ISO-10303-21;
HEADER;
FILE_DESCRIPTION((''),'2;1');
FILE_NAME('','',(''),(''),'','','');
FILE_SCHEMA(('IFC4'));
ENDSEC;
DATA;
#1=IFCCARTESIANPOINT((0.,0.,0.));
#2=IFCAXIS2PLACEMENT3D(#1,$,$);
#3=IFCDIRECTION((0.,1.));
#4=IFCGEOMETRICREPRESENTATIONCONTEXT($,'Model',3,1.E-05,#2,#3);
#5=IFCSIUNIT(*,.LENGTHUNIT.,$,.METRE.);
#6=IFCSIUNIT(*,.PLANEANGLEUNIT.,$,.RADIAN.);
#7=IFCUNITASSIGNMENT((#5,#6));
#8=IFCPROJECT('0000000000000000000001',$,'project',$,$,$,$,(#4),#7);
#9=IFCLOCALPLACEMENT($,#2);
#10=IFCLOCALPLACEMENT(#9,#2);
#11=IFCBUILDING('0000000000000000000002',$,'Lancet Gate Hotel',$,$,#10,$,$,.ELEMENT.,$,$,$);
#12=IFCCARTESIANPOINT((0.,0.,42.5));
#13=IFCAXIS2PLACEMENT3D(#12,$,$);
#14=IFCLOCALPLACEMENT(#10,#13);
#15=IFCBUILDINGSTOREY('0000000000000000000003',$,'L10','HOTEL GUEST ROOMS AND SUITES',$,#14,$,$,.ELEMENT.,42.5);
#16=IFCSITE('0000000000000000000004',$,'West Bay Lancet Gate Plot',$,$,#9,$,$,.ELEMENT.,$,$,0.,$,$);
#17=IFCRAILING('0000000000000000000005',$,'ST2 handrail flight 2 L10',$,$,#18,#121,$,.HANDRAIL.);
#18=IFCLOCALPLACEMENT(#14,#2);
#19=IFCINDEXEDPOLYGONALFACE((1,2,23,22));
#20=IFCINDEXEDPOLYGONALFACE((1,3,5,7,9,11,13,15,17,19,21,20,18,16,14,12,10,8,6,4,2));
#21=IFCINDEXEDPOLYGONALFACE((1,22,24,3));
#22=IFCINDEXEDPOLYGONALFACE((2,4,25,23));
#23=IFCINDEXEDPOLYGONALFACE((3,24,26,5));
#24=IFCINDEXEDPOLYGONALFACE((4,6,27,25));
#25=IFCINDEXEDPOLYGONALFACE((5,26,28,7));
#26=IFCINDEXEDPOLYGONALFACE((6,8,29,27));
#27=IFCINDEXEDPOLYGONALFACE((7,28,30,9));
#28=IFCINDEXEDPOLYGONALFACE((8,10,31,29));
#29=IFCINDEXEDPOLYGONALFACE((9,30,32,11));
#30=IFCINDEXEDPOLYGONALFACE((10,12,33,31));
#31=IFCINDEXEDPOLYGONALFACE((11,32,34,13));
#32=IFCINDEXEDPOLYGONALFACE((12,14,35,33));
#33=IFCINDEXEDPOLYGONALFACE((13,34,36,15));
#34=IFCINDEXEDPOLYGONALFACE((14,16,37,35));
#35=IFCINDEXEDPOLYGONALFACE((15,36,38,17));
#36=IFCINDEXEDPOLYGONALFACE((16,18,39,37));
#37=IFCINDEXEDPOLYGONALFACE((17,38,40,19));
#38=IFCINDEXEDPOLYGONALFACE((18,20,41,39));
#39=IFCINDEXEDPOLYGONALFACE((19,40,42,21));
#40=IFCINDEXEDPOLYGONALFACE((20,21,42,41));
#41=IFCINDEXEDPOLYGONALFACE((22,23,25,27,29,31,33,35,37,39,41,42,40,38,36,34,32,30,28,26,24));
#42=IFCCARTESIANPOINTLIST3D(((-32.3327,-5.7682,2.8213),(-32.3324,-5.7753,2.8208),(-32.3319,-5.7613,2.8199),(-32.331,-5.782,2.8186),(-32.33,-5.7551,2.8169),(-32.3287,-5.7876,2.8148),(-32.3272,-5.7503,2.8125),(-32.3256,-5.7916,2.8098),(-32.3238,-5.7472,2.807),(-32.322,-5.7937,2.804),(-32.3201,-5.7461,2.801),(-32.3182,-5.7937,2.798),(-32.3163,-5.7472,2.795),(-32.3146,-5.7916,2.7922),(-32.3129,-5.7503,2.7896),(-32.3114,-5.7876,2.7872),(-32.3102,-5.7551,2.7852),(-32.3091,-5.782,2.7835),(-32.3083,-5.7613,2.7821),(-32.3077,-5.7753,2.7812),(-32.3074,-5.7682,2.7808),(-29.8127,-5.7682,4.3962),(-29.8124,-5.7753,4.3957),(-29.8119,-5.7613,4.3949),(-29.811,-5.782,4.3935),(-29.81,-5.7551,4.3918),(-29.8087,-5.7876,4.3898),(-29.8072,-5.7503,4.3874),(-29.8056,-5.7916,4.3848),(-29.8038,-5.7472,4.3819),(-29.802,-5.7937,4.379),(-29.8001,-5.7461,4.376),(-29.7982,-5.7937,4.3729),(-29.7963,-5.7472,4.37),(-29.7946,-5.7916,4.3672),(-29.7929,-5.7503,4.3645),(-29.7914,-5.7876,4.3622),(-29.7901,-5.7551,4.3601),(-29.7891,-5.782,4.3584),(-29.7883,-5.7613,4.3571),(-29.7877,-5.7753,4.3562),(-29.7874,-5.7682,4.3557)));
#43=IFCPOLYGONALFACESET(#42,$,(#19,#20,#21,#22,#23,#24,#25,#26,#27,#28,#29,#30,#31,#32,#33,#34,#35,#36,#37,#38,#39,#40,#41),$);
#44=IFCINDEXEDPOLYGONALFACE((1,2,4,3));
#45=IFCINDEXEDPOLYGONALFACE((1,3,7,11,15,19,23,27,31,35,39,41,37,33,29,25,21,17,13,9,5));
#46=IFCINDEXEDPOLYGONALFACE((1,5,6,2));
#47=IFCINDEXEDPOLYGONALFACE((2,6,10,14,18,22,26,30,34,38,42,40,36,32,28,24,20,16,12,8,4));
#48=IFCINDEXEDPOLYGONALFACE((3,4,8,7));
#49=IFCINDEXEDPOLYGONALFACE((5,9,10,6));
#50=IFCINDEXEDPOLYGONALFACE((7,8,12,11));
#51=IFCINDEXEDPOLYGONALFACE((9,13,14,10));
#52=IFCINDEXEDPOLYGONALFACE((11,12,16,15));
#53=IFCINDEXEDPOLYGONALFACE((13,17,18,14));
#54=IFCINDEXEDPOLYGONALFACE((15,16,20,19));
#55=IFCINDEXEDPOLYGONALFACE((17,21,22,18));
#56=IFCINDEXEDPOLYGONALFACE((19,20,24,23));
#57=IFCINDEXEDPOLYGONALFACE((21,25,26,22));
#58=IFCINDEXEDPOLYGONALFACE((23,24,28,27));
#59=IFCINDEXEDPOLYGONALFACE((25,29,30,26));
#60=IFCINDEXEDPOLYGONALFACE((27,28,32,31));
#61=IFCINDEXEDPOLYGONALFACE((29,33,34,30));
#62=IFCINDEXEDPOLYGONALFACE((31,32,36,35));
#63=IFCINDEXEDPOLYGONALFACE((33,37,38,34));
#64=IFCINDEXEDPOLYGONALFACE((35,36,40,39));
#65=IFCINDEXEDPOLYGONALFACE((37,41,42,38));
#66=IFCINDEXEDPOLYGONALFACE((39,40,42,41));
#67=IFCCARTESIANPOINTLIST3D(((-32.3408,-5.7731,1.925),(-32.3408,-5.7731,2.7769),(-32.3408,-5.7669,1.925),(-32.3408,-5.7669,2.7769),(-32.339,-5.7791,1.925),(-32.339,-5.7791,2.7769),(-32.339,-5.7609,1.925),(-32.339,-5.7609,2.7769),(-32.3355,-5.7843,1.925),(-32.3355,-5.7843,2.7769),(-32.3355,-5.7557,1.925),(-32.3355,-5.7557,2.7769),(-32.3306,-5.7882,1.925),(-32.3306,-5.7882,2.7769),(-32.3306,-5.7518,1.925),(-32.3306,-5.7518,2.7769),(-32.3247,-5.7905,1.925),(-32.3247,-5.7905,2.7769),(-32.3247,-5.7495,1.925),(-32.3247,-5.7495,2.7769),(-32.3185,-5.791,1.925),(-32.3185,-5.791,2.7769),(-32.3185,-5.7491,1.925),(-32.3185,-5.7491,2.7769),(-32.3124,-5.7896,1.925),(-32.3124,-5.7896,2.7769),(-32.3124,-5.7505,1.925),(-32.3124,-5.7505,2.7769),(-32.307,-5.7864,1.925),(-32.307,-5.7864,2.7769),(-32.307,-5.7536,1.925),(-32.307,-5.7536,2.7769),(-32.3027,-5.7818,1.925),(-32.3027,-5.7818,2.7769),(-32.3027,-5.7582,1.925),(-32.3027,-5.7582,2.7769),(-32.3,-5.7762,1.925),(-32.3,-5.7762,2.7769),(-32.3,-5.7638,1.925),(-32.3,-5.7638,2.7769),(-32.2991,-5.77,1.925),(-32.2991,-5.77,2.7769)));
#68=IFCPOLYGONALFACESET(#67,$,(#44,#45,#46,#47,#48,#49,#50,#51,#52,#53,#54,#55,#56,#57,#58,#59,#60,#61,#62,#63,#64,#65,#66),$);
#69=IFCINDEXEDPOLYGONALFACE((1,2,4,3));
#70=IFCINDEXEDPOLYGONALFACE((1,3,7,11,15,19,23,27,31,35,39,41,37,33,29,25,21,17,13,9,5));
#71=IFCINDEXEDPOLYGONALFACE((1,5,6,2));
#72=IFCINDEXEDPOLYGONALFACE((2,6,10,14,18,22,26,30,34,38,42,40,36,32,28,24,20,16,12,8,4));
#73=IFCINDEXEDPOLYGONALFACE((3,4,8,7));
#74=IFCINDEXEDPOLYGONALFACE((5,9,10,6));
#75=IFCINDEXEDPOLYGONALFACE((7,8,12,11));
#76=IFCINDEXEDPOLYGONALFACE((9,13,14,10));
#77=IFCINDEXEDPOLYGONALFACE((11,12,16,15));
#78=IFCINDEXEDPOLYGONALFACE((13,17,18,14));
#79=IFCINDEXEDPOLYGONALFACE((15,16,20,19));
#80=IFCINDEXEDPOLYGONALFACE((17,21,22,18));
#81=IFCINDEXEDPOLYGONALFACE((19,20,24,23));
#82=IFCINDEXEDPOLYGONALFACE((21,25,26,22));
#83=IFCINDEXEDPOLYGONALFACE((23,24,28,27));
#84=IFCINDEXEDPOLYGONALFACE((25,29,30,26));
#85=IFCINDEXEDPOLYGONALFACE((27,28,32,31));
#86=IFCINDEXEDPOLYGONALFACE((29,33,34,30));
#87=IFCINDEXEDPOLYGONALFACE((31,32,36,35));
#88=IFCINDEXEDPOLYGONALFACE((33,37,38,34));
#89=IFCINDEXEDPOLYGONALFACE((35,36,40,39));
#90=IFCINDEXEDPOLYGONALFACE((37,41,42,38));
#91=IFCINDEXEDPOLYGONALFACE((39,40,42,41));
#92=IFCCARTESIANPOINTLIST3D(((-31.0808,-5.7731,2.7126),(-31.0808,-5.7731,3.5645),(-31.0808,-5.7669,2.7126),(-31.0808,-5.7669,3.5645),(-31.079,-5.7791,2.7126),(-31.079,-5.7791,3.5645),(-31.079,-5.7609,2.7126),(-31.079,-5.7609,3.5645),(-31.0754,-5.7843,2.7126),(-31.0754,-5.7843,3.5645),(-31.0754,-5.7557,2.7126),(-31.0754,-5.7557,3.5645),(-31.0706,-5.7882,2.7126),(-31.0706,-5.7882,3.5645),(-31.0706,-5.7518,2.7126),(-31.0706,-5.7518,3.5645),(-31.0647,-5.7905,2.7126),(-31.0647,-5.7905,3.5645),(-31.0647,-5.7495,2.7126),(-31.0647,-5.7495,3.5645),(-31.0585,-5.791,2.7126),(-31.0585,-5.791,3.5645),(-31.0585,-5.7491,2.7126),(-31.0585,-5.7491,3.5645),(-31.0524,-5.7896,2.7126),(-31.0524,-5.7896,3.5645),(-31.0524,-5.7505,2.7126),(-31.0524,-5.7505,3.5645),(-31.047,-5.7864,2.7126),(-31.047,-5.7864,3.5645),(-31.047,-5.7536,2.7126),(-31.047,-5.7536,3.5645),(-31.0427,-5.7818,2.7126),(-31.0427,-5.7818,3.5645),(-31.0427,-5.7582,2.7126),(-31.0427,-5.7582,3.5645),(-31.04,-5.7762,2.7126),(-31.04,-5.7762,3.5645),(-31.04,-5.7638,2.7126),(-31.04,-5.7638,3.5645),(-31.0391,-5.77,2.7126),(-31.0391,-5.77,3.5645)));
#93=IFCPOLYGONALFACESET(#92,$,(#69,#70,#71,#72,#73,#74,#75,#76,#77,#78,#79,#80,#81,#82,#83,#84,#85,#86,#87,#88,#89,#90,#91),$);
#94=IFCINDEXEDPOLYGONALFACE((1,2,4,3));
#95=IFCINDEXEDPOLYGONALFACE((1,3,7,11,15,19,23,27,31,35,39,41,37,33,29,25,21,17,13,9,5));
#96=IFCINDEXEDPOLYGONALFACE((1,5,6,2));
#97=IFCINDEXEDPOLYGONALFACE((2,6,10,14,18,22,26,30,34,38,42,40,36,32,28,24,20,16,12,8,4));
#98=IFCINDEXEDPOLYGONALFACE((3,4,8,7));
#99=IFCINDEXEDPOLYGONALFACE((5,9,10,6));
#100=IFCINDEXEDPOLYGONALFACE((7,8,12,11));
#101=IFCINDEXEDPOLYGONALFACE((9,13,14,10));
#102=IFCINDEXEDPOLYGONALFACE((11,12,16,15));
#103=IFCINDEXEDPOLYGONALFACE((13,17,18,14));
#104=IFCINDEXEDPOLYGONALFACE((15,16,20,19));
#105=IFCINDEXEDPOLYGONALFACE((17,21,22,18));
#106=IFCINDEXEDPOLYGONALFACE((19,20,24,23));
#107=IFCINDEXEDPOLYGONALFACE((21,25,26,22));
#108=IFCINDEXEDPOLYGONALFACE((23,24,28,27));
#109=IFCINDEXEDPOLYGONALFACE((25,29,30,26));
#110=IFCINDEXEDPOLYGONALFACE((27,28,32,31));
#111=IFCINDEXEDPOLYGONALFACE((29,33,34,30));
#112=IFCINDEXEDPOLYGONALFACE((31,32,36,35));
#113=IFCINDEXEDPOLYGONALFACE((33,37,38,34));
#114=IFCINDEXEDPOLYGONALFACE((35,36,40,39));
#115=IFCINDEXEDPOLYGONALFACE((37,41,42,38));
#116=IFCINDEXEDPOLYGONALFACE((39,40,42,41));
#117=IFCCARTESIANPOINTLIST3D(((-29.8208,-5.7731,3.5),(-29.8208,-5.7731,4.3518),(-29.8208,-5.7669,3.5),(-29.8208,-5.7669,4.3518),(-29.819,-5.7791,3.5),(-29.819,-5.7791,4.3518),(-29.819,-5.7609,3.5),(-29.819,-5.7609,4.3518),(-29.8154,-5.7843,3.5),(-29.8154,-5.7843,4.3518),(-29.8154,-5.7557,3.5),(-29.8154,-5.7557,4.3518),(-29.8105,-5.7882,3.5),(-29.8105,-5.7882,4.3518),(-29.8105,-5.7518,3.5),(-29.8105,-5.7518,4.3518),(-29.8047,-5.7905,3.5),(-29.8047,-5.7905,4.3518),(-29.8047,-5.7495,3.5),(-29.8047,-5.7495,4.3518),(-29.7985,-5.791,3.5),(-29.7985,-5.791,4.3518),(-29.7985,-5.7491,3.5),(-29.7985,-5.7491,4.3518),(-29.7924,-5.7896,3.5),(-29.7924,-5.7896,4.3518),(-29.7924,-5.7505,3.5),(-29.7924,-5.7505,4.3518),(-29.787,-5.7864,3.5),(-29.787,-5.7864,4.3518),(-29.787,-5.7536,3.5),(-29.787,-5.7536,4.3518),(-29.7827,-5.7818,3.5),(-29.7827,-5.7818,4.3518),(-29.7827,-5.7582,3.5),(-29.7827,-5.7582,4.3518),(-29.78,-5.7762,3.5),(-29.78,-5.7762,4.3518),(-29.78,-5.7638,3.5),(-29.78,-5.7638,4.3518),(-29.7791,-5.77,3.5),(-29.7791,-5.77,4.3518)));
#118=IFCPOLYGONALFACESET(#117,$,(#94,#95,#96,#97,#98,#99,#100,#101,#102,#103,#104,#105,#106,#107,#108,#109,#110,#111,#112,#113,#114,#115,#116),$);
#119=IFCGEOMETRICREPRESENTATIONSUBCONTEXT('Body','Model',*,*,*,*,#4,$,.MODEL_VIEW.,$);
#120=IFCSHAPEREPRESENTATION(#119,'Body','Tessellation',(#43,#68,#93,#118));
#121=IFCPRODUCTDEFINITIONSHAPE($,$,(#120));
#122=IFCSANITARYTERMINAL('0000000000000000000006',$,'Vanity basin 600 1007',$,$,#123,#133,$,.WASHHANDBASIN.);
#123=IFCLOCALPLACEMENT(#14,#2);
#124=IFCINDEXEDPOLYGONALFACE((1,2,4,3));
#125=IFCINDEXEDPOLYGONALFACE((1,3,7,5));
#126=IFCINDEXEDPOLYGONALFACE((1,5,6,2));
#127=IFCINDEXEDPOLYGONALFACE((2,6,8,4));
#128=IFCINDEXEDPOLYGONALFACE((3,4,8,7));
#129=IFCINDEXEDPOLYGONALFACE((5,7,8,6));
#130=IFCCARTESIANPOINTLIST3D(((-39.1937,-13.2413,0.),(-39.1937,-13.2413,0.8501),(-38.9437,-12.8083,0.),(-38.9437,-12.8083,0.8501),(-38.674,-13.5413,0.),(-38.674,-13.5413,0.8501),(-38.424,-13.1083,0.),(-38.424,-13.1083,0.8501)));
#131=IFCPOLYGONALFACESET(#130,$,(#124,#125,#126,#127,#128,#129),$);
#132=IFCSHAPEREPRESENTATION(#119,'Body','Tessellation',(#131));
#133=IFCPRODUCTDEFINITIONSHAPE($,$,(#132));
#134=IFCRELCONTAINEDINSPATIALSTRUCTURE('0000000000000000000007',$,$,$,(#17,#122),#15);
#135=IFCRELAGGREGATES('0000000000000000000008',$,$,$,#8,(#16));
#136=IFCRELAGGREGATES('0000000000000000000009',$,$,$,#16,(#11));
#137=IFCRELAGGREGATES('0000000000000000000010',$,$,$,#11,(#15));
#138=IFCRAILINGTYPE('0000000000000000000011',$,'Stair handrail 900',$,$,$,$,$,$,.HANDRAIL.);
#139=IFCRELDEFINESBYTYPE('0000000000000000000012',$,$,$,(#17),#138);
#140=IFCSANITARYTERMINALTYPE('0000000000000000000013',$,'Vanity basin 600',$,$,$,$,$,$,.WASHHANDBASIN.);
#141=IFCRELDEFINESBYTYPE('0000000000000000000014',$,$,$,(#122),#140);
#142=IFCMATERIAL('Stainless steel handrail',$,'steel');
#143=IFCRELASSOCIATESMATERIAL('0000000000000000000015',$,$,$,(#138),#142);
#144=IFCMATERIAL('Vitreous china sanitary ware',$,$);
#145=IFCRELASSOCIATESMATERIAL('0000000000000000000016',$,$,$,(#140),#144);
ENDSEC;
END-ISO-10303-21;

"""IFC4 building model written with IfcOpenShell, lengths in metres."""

from ifc_helpers import new_model, si_unit, direction, frame, origin, origin_2d, place, context, subcontext, project, spatial, rectangle, circle, extrude, material, type_object, element, save


model = new_model("IFC4")

# Units and contexts
model_context = context("Model", 3, precision=1e-05, world=origin(), true_north=direction((0.0, 1.0)))
body_context = subcontext(model_context, "Body", "Model", "MODEL_VIEW")
ifc_project = project(units=[si_unit("LENGTHUNIT", "METRE"), si_unit("PLANEANGLEUNIT", "RADIAN")], contexts=[model_context])

# Site, building, storey
site_placement = place(None, origin())
site = spatial("IfcSite", under=ifc_project, at=site_placement, Name="West Bay Lancet Gate Plot", CompositionType="ELEMENT", RefElevation=0.0)
building_placement = place(site_placement, origin())
building = spatial("IfcBuilding", under=site, at=building_placement, Name="Lancet Gate Hotel", CompositionType="ELEMENT")
storey_placement = place(building_placement, frame((0.0, 0.0, 42.5)))
storey = spatial("IfcBuildingStorey", under=building, at=storey_placement, Name="L10", Description="HOTEL GUEST ROOMS AND SUITES", CompositionType="ELEMENT", Elevation=42.5)

# Railing
ifc_material_1 = material(Name="Stainless steel handrail", Category="steel")
railing_type = type_object("IfcRailingType", Name="Stair handrail 900", PredefinedType="HANDRAIL", material=ifc_material_1)
railing_1_placement = place(storey_placement, frame((-32.3201, -5.77, 1.925)))
element("IfcRailing", 1, at=railing_1_placement, inside=storey, type_object=railing_type, Name="ST2 handrail flight 2 L10", PredefinedType="HANDRAIL", context=body_context, shape_type="SweptSolid", body=[
    extrude(circle(Radius=0.0239, at=origin_2d()), frame((0.0, 0.0, 0.876), z_axis=(0.848008, 0.0, 0.529984), x_axis=(0.0, 1.0, 0.0)), (0.0, 0.0, 1.0), 2.9717),
    extrude(circle(Radius=0.021, at=origin_2d()), origin(), (0.0, 0.0, 1.0), 0.8518),
    extrude(circle(Radius=0.021, at=origin_2d()), frame((1.26, 0.0, 0.7876)), (0.0, 0.0, 1.0), 0.8518),
    extrude(circle(Radius=0.021, at=origin_2d()), frame((2.52, 0.0, 1.575)), (0.0, 0.0, 1.0), 0.8518),
])

# Sanitary terminal
ifc_material_2 = material(Name="Vitreous china sanitary ware")
sanitary_terminal_type = type_object("IfcSanitaryTerminalType", Name="Vanity basin 600", PredefinedType="WASHHANDBASIN", material=ifc_material_2)
sanitary_terminal_placement = place(storey_placement, frame((-38.8088, -13.1748, 0.0), z_axis=(0.0, 0.0, 1.0), x_axis=(-0.866025, 0.5, 0.0)))
element("IfcSanitaryTerminal", 2, at=sanitary_terminal_placement, inside=storey, type_object=sanitary_terminal_type, Name="Vanity basin 600 1007", PredefinedType="WASHHANDBASIN", context=body_context, shape_type="SweptSolid", body=[
    extrude(rectangle(XDim=0.6001, YDim=0.5, at=origin_2d()), origin(), (0.0, 0.0, 1.0), 0.8501),
])

save(model, "model.ifc")
